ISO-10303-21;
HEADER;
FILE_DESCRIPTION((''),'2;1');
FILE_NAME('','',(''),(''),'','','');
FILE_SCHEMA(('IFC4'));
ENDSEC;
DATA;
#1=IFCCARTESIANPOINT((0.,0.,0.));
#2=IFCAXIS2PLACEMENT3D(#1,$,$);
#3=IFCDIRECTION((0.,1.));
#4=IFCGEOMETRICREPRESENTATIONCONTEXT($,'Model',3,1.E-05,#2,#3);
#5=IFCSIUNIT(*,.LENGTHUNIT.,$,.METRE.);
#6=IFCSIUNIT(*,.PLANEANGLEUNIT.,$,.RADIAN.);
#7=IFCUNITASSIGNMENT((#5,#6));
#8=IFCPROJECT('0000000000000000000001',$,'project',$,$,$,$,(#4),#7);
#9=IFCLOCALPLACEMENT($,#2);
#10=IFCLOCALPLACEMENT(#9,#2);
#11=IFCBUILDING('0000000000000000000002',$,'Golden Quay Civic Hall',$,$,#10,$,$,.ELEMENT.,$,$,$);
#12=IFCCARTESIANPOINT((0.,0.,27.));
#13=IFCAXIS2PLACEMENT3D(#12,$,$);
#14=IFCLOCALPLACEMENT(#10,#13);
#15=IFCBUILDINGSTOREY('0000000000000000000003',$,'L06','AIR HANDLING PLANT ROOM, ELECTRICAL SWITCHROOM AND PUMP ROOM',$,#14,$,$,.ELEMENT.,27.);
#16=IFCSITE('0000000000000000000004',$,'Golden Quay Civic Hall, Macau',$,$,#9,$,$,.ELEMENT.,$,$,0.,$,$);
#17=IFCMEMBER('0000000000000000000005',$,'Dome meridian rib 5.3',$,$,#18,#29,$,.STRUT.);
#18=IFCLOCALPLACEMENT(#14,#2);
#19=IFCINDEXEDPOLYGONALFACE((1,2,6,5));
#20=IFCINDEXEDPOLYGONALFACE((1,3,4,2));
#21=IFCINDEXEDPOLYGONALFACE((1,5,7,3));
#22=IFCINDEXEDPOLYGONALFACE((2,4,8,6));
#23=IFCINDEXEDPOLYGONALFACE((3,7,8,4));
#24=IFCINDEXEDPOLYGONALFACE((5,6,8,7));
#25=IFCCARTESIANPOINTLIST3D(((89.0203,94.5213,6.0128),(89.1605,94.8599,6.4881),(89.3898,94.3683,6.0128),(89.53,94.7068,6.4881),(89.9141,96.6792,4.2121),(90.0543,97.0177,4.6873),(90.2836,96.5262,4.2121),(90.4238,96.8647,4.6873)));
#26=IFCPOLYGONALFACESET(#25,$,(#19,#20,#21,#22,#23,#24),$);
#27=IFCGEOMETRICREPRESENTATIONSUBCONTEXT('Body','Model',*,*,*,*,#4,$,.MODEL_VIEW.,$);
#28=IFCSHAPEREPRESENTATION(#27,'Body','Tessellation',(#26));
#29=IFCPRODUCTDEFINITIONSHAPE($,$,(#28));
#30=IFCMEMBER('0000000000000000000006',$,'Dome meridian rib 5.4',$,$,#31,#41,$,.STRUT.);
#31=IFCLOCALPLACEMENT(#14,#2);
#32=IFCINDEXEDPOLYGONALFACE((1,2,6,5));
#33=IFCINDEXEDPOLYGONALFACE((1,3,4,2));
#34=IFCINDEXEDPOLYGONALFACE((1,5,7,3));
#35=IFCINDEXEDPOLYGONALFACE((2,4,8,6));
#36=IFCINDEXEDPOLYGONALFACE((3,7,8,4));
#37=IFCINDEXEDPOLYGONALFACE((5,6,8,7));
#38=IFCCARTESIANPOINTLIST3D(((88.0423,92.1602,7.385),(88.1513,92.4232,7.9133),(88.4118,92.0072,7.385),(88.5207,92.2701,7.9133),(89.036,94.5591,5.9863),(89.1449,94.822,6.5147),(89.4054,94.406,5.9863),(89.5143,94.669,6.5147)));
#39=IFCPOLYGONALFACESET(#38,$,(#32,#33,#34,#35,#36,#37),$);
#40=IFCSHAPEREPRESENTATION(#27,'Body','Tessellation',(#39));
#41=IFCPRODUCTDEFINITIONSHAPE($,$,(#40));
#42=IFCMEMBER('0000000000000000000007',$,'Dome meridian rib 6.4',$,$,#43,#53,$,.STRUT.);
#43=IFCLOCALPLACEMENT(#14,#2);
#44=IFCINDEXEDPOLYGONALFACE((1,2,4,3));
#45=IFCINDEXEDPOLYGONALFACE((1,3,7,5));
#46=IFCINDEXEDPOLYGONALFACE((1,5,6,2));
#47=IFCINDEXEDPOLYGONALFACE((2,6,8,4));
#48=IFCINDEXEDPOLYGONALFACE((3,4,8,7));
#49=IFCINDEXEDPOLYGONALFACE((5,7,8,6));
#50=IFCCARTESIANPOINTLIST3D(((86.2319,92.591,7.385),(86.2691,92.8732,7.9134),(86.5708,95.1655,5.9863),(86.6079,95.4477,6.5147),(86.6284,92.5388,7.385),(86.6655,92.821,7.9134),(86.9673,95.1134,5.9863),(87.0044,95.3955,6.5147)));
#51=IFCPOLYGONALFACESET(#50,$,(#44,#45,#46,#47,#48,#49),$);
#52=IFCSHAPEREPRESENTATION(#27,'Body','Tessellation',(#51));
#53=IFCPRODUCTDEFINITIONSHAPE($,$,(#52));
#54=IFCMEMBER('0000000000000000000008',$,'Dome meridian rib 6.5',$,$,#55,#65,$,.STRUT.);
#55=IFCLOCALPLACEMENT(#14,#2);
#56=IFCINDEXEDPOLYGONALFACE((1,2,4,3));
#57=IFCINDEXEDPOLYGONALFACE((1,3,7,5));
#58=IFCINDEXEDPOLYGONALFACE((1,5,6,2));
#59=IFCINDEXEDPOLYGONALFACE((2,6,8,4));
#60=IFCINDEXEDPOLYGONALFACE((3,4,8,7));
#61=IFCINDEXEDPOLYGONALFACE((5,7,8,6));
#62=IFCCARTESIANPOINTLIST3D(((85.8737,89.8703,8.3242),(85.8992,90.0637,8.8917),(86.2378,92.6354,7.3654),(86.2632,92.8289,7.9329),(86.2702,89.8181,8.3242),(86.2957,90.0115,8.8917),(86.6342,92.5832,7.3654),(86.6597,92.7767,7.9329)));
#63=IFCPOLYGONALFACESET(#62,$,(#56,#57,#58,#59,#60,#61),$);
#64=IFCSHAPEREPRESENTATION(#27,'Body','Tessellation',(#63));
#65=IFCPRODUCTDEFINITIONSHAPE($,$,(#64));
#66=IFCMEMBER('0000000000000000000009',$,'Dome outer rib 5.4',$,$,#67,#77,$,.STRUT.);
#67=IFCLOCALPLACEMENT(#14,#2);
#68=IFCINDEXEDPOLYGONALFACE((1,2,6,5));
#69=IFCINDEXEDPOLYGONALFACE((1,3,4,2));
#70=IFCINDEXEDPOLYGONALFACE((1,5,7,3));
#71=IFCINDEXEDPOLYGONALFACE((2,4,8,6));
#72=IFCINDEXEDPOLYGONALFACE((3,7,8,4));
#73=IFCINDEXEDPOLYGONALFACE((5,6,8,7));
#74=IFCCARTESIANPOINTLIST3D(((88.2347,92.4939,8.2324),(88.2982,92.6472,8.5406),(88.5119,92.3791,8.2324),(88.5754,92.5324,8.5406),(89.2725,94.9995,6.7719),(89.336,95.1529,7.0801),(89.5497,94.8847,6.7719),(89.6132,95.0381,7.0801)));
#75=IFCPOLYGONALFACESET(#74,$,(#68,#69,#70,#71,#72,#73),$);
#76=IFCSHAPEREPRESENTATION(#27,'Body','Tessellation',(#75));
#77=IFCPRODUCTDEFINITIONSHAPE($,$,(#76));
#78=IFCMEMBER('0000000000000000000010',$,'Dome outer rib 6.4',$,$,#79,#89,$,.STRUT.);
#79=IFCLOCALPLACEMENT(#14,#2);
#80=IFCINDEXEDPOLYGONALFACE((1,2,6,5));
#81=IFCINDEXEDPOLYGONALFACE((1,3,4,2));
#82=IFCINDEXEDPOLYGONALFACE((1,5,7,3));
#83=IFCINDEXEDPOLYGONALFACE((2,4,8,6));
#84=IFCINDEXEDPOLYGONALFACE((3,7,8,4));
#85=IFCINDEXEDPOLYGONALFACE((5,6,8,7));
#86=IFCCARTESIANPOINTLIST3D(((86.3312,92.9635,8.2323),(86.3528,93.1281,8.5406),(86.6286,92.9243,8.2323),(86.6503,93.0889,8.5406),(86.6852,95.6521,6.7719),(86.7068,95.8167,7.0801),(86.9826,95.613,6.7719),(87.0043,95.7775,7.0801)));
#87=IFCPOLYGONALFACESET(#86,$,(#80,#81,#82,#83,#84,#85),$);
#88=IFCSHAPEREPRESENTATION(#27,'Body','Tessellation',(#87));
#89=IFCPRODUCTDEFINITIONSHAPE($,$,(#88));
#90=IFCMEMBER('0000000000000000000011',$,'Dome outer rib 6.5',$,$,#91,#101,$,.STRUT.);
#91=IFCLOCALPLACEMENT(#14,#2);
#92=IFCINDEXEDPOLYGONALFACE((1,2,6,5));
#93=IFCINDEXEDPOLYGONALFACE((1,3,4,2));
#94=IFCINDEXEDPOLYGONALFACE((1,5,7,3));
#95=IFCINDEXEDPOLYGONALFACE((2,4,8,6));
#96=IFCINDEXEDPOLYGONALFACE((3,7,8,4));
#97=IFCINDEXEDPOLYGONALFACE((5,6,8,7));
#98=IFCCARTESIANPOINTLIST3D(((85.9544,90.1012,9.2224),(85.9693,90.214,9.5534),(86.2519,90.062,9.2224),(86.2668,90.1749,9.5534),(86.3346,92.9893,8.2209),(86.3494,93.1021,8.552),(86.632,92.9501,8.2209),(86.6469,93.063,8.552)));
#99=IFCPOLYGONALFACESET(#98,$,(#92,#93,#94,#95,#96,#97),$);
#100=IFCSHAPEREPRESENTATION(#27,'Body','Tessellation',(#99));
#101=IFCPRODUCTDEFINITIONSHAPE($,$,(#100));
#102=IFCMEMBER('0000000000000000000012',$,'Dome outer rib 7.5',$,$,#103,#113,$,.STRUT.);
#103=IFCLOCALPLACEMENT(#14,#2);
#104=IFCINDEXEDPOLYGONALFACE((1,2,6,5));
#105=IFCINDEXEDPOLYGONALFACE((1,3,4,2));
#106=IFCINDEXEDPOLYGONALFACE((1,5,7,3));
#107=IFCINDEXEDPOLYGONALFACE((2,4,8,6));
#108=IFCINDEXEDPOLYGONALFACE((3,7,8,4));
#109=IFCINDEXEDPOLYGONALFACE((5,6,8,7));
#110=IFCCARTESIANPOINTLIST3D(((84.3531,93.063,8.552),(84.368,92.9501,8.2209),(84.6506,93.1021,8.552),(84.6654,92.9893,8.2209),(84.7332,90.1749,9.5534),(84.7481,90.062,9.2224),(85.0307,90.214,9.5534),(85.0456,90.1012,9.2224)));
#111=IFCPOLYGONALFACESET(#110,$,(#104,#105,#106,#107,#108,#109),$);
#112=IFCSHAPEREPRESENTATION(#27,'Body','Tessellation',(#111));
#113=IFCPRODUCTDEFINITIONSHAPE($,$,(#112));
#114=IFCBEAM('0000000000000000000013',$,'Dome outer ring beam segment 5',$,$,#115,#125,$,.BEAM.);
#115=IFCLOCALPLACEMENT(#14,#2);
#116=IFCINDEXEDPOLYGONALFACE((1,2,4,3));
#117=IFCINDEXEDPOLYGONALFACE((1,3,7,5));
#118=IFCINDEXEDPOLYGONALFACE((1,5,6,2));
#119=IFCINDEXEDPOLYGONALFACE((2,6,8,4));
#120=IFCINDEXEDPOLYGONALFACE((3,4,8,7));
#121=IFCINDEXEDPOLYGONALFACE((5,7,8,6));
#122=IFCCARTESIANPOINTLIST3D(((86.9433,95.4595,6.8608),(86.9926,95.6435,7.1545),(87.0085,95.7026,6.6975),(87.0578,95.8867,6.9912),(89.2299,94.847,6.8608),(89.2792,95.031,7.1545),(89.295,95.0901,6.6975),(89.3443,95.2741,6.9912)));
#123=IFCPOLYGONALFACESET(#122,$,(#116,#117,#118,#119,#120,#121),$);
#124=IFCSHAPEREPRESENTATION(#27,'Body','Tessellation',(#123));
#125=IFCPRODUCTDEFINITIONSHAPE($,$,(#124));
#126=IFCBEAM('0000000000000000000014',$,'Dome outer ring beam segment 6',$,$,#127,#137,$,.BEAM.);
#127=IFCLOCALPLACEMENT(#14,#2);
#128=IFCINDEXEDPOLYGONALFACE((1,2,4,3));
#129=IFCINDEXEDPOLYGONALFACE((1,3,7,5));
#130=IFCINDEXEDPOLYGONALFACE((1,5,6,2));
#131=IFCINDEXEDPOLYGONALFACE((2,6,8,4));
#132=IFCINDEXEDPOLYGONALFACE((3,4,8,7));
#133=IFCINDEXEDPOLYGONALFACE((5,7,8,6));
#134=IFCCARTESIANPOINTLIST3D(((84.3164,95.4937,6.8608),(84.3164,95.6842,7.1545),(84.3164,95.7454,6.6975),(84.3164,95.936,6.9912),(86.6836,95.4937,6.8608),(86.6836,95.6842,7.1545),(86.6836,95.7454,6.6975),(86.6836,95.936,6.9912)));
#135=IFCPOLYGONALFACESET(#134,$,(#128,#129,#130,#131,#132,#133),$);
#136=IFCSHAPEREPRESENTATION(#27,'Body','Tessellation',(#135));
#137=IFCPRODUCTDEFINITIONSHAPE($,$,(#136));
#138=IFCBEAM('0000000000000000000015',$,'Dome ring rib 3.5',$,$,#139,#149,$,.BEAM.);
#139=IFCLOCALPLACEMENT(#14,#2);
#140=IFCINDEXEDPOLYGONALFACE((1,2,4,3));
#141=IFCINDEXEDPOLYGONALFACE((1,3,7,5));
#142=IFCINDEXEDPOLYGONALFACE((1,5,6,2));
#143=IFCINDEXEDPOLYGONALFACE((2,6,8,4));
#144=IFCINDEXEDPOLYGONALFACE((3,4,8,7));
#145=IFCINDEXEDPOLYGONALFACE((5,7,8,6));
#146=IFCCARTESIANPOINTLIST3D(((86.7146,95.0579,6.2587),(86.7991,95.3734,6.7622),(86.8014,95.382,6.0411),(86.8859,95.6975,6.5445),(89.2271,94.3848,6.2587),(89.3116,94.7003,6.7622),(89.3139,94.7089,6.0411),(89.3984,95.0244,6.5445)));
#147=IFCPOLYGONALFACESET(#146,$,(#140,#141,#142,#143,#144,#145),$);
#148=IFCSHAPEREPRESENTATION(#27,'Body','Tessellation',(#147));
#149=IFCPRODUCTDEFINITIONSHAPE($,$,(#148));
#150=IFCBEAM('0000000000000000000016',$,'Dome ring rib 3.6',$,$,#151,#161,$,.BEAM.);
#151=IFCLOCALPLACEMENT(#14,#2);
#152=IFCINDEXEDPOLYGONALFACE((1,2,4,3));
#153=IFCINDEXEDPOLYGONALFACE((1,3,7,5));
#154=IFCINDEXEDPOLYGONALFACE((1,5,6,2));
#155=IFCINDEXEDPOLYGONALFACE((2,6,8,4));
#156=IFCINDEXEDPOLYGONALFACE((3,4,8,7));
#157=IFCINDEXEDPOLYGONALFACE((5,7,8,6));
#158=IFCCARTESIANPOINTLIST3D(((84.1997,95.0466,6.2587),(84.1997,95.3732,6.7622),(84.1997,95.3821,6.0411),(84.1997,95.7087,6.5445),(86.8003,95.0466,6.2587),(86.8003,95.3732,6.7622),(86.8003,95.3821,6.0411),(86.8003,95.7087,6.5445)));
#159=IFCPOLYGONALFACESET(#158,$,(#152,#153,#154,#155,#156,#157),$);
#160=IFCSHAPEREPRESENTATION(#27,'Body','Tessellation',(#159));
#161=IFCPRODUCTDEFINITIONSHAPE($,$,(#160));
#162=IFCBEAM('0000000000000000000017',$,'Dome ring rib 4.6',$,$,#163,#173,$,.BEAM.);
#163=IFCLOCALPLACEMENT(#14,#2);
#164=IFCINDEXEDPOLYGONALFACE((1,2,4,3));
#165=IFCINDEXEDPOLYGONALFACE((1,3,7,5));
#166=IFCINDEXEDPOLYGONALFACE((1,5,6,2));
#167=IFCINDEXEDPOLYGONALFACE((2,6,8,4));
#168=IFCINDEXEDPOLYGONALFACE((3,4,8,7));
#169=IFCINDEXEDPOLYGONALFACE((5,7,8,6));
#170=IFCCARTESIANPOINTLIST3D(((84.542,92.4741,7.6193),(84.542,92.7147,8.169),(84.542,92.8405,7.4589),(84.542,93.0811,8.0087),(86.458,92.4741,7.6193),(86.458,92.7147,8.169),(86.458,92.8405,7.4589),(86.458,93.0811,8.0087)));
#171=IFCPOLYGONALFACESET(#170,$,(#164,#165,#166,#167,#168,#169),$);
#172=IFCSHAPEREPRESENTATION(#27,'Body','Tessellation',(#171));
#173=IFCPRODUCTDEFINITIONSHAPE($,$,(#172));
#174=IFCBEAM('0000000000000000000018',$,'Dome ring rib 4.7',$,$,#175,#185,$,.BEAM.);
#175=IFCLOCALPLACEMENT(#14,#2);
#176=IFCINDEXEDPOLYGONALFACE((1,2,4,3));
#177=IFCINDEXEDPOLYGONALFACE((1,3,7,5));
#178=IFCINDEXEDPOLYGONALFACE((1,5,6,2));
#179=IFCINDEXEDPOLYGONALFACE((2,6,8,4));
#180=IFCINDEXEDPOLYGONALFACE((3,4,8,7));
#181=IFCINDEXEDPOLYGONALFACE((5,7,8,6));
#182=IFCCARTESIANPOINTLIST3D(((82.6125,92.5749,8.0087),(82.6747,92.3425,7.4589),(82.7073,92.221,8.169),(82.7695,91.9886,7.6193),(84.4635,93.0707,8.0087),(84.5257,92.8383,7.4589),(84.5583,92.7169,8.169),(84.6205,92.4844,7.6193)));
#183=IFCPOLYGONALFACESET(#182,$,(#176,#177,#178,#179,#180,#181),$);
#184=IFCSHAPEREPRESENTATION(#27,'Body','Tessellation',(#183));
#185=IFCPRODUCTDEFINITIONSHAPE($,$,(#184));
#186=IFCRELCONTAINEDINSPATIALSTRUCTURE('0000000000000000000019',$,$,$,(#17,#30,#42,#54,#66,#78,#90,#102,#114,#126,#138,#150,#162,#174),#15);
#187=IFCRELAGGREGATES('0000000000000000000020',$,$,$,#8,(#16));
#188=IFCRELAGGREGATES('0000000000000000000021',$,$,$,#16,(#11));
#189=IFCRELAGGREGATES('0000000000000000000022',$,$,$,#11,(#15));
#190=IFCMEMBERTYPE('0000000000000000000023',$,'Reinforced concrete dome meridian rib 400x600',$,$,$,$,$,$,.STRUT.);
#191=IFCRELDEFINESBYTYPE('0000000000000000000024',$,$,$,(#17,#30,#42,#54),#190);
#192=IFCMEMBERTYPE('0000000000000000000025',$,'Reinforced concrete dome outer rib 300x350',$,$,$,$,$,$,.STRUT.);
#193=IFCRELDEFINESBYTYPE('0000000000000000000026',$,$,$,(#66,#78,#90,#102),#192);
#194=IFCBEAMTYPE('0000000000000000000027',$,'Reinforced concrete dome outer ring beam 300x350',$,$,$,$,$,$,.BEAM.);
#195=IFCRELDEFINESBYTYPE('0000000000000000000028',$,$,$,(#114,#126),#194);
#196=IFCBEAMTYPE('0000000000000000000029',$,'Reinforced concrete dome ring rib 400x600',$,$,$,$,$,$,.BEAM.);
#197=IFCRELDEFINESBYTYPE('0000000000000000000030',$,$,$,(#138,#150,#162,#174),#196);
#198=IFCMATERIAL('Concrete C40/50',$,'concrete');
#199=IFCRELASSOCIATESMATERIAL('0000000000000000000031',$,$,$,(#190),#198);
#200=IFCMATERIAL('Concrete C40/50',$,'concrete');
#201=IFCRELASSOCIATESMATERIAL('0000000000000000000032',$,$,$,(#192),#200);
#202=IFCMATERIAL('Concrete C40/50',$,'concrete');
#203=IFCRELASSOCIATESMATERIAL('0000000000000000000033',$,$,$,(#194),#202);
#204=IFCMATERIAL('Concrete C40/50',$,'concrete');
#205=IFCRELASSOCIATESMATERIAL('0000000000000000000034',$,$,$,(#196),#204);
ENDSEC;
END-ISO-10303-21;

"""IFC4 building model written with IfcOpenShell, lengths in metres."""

from ifc_helpers import new_model, si_unit, direction, frame, origin, origin_2d, place, context, subcontext, project, spatial, rectangle, extrude, material, material_profile, profile_set, type_object, element, save


model = new_model("IFC4")

# Units and contexts
model_context = context("Model", 3, precision=1e-05, world=origin(), true_north=direction((0.0, 1.0)))
body_context = subcontext(model_context, "Body", "Model", "MODEL_VIEW")
ifc_project = project(units=[si_unit("LENGTHUNIT", "METRE"), si_unit("PLANEANGLEUNIT", "RADIAN")], contexts=[model_context])

# Site, building, storey
site_placement = place(None, origin())
site = spatial("IfcSite", under=ifc_project, at=site_placement, Name="Golden Quay Civic Hall, Macau", CompositionType="ELEMENT", RefElevation=0.0)
building_placement = place(site_placement, origin())
building = spatial("IfcBuilding", under=site, at=building_placement, Name="Golden Quay Civic Hall", CompositionType="ELEMENT")
storey_placement = place(building_placement, frame((0.0, 0.0, 27.0)))
storey = spatial("IfcBuildingStorey", under=building, at=storey_placement, Name="L06", Description="AIR HANDLING PLANT ROOM, ELECTRICAL SWITCHROOM AND PUMP ROOM", CompositionType="ELEMENT", Elevation=27.0)

# Members
ifc_material_1 = material(Name="Concrete C40/50", Category="concrete")
ifc_material_profile_1 = material_profile(ifc_material_1, rectangle(XDim=0.3999, YDim=0.6001, at=origin_2d()), Name="RC 400x600")
ifc_profile_set_1 = profile_set([ifc_material_profile_1], Name="Concrete C40/50")
member_type_1 = type_object("IfcMemberType", Name="Reinforced concrete dome meridian rib 400x600", PredefinedType="STRUT", material=ifc_profile_set_1)
for number, where, z_axis, x_axis, name in (
    (1, (90.1689, 96.772, 4.4497), (-0.303053, -0.731681, 0.610575), (0.923888, -0.382663, 0.0), "Dome meridian rib 5.3"),
    (2, (89.2751, 94.614, 6.2505), (-0.336909, -0.813382, 0.474238), (0.923882, -0.382678, 0.0), "Dome meridian rib 5.4"),
):
    element("IfcMember", number, at=place(storey_placement, frame(where, z_axis=z_axis, x_axis=x_axis)), inside=storey, type_object=member_type_1, Name=name, PredefinedType="STRUT", context=body_context, shape_type="SweptSolid", body=[
        extrude(rectangle(XDim=0.3999, YDim=0.6001, at=origin_2d()), origin(), (0.0, 0.0, 1.0), 2.9492),
    ])
member_1_placement = place(storey_placement, frame((86.7876, 95.2805, 6.2505), z_axis=(-0.114893, -0.872875, 0.474225), x_axis=(0.991448, -0.130501, 0.0)))
element("IfcMember", 3, at=member_1_placement, inside=storey, type_object=member_type_1, Name="Dome meridian rib 6.4", PredefinedType="STRUT", context=body_context, shape_type="SweptSolid", body=[
    extrude(rectangle(XDim=0.3999, YDim=0.6001, at=origin_2d()), origin(), (0.0, 0.0, 1.0), 2.9495),
])
member_2_placement = place(storey_placement, frame((86.4487, 92.7061, 7.6492), z_axis=(-0.123429, -0.937595, 0.325087), x_axis=(0.991446, -0.130518, 0.0)))
element("IfcMember", 4, at=member_2_placement, inside=storey, type_object=member_type_1, Name="Dome meridian rib 6.5", PredefinedType="STRUT", context=body_context, shape_type="SweptSolid", body=[
    extrude(rectangle(XDim=0.3999, YDim=0.6001, at=origin_2d()), origin(), (0.0, 0.0, 1.0), 2.9492),
])
ifc_material_2 = material(Name="Concrete C40/50", Category="concrete")
ifc_material_profile_2 = material_profile(ifc_material_2, rectangle(XDim=0.3, YDim=0.3501, at=origin_2d()), Name="RC 300x350")
ifc_profile_set_2 = profile_set([ifc_material_profile_2], Name="Concrete C40/50")
member_type_2 = type_object("IfcMemberType", Name="Reinforced concrete dome outer rib 300x350", PredefinedType="STRUT", material=ifc_profile_set_2)
member_3_placement = place(storey_placement, frame((89.4429, 95.0188, 6.926), z_axis=(-0.336931, -0.813437, 0.474128), x_axis=(0.923882, -0.382678, 0.0)))
element("IfcMember", 5, at=member_3_placement, inside=storey, type_object=member_type_2, Name="Dome outer rib 5.4", PredefinedType="STRUT", context=body_context, shape_type="SweptSolid", body=[
    extrude(rectangle(XDim=0.3, YDim=0.3501, at=origin_2d()), origin(), (0.0, 0.0, 1.0), 3.0803),
])
member_4_placement = place(storey_placement, frame((86.8447, 95.7148, 6.926), z_axis=(-0.11493, -0.872913, 0.474146), x_axis=(0.991444, -0.130536, 0.0)))
element("IfcMember", 6, at=member_4_placement, inside=storey, type_object=member_type_2, Name="Dome outer rib 6.4", PredefinedType="STRUT", context=body_context, shape_type="SweptSolid", body=[
    extrude(rectangle(XDim=0.3, YDim=0.3501, at=origin_2d()), origin(), (0.0, 0.0, 1.0), 3.0801),
])
for number, where, z_axis, x_axis, name in (
    (7, (86.4907, 93.0261, 8.3865), (-0.123401, -0.937592, 0.325106), (0.99145, -0.130489, 0.0), "Dome outer rib 6.5"),
    (8, (84.5093, 93.0261, 8.3865), (0.123401, -0.937592, 0.325106), (0.99145, 0.130489, 0.0), "Dome outer rib 7.5"),
):
    element("IfcMember", number, at=place(storey_placement, frame(where, z_axis=z_axis, x_axis=x_axis)), inside=storey, type_object=member_type_2, Name=name, PredefinedType="STRUT", context=body_context, shape_type="SweptSolid", body=[
        extrude(rectangle(XDim=0.3, YDim=0.3501, at=origin_2d()), origin(), (0.0, 0.0, 1.0), 3.0803),
    ])

# Beams
ifc_material_3 = material(Name="Concrete C40/50", Category="concrete")
ifc_material_profile_3 = material_profile(ifc_material_3, rectangle(XDim=0.3, YDim=0.3501, at=origin_2d()), Name="RC 300x350")
ifc_profile_set_3 = profile_set([ifc_material_profile_3], Name="Concrete C40/50")
beam_type_1 = type_object("IfcBeamType", Name="Reinforced concrete dome outer ring beam 300x350", PredefinedType="BEAM", material=ifc_profile_set_3)
for number, where, z_axis, x_axis, name in (
    (9, (89.2871, 95.0605, 6.926), (-0.965942, 0.25876, 0.0), (-0.217087, -0.810377, 0.544209), "Dome outer ring beam segment 5"),
    (10, (86.6836, 95.7148, 6.926), (-1.0, 0.0, 0.0), (0.0, -0.83895, 0.544209), "Dome outer ring beam segment 6"),
):
    element("IfcBeam", number, at=place(storey_placement, frame(where, z_axis=z_axis, x_axis=x_axis)), inside=storey, type_object=beam_type_1, Name=name, PredefinedType="BEAM", context=body_context, shape_type="SweptSolid", body=[
        extrude(rectangle(XDim=0.3, YDim=0.3501, at=origin_2d()), origin(), (0.0, 0.0, 1.0), 2.3672),
    ])
ifc_material_4 = material(Name="Concrete C40/50", Category="concrete")
ifc_material_profile_4 = material_profile(ifc_material_4, rectangle(XDim=0.3999, YDim=0.6001, at=origin_2d()), Name="RC 400x600")
ifc_profile_set_4 = profile_set([ifc_material_profile_4], Name="Concrete C40/50")
beam_type_2 = type_object("IfcBeamType", Name="Reinforced concrete dome ring rib 400x600", PredefinedType="BEAM", material=ifc_profile_set_4)
beam_1_placement = place(storey_placement, frame((89.3127, 94.7046, 6.4016), z_axis=(-0.965937, 0.258778, 0.0), x_axis=(-0.217102, -0.810373, 0.544209)))
element("IfcBeam", 11, at=beam_1_placement, inside=storey, type_object=beam_type_2, Name="Dome ring rib 3.5", PredefinedType="BEAM", context=body_context, shape_type="SweptSolid", body=[
    extrude(rectangle(XDim=0.3999, YDim=0.6001, at=origin_2d()), origin(), (0.0, 0.0, 1.0), 2.6011),
])
beam_2_placement = place(storey_placement, frame((86.8003, 95.3777, 6.4016), z_axis=(-1.0, 0.0, 0.0), x_axis=(0.0, -0.83895, 0.544209)))
element("IfcBeam", 12, at=beam_2_placement, inside=storey, type_object=beam_type_2, Name="Dome ring rib 3.6", PredefinedType="BEAM", context=body_context, shape_type="SweptSolid", body=[
    extrude(rectangle(XDim=0.3999, YDim=0.6001, at=origin_2d()), origin(), (0.0, 0.0, 1.0), 2.6006),
])
beam_3_placement = place(storey_placement, frame((86.458, 92.7776, 7.814), z_axis=(-1.0, 0.0, 0.0), x_axis=(0.0, -0.916096, 0.400958)))
element("IfcBeam", 13, at=beam_3_placement, inside=storey, type_object=beam_type_2, Name="Dome ring rib 4.6", PredefinedType="BEAM", context=body_context, shape_type="SweptSolid", body=[
    extrude(rectangle(XDim=0.3999, YDim=0.6001, at=origin_2d()), origin(), (0.0, 0.0, 1.0), 1.916),
])
beam_4_placement = place(storey_placement, frame((84.542, 92.7776, 7.814), z_axis=(-0.965945, -0.258749, 0.0), x_axis=(0.237039, -0.884898, 0.400958)))
element("IfcBeam", 14, at=beam_4_placement, inside=storey, type_object=beam_type_2, Name="Dome ring rib 4.7", PredefinedType="BEAM", context=body_context, shape_type="SweptSolid", body=[
    extrude(rectangle(XDim=0.3999, YDim=0.6001, at=origin_2d()), origin(), (0.0, 0.0, 1.0), 1.9163),
])

save(model, "model.ifc")
